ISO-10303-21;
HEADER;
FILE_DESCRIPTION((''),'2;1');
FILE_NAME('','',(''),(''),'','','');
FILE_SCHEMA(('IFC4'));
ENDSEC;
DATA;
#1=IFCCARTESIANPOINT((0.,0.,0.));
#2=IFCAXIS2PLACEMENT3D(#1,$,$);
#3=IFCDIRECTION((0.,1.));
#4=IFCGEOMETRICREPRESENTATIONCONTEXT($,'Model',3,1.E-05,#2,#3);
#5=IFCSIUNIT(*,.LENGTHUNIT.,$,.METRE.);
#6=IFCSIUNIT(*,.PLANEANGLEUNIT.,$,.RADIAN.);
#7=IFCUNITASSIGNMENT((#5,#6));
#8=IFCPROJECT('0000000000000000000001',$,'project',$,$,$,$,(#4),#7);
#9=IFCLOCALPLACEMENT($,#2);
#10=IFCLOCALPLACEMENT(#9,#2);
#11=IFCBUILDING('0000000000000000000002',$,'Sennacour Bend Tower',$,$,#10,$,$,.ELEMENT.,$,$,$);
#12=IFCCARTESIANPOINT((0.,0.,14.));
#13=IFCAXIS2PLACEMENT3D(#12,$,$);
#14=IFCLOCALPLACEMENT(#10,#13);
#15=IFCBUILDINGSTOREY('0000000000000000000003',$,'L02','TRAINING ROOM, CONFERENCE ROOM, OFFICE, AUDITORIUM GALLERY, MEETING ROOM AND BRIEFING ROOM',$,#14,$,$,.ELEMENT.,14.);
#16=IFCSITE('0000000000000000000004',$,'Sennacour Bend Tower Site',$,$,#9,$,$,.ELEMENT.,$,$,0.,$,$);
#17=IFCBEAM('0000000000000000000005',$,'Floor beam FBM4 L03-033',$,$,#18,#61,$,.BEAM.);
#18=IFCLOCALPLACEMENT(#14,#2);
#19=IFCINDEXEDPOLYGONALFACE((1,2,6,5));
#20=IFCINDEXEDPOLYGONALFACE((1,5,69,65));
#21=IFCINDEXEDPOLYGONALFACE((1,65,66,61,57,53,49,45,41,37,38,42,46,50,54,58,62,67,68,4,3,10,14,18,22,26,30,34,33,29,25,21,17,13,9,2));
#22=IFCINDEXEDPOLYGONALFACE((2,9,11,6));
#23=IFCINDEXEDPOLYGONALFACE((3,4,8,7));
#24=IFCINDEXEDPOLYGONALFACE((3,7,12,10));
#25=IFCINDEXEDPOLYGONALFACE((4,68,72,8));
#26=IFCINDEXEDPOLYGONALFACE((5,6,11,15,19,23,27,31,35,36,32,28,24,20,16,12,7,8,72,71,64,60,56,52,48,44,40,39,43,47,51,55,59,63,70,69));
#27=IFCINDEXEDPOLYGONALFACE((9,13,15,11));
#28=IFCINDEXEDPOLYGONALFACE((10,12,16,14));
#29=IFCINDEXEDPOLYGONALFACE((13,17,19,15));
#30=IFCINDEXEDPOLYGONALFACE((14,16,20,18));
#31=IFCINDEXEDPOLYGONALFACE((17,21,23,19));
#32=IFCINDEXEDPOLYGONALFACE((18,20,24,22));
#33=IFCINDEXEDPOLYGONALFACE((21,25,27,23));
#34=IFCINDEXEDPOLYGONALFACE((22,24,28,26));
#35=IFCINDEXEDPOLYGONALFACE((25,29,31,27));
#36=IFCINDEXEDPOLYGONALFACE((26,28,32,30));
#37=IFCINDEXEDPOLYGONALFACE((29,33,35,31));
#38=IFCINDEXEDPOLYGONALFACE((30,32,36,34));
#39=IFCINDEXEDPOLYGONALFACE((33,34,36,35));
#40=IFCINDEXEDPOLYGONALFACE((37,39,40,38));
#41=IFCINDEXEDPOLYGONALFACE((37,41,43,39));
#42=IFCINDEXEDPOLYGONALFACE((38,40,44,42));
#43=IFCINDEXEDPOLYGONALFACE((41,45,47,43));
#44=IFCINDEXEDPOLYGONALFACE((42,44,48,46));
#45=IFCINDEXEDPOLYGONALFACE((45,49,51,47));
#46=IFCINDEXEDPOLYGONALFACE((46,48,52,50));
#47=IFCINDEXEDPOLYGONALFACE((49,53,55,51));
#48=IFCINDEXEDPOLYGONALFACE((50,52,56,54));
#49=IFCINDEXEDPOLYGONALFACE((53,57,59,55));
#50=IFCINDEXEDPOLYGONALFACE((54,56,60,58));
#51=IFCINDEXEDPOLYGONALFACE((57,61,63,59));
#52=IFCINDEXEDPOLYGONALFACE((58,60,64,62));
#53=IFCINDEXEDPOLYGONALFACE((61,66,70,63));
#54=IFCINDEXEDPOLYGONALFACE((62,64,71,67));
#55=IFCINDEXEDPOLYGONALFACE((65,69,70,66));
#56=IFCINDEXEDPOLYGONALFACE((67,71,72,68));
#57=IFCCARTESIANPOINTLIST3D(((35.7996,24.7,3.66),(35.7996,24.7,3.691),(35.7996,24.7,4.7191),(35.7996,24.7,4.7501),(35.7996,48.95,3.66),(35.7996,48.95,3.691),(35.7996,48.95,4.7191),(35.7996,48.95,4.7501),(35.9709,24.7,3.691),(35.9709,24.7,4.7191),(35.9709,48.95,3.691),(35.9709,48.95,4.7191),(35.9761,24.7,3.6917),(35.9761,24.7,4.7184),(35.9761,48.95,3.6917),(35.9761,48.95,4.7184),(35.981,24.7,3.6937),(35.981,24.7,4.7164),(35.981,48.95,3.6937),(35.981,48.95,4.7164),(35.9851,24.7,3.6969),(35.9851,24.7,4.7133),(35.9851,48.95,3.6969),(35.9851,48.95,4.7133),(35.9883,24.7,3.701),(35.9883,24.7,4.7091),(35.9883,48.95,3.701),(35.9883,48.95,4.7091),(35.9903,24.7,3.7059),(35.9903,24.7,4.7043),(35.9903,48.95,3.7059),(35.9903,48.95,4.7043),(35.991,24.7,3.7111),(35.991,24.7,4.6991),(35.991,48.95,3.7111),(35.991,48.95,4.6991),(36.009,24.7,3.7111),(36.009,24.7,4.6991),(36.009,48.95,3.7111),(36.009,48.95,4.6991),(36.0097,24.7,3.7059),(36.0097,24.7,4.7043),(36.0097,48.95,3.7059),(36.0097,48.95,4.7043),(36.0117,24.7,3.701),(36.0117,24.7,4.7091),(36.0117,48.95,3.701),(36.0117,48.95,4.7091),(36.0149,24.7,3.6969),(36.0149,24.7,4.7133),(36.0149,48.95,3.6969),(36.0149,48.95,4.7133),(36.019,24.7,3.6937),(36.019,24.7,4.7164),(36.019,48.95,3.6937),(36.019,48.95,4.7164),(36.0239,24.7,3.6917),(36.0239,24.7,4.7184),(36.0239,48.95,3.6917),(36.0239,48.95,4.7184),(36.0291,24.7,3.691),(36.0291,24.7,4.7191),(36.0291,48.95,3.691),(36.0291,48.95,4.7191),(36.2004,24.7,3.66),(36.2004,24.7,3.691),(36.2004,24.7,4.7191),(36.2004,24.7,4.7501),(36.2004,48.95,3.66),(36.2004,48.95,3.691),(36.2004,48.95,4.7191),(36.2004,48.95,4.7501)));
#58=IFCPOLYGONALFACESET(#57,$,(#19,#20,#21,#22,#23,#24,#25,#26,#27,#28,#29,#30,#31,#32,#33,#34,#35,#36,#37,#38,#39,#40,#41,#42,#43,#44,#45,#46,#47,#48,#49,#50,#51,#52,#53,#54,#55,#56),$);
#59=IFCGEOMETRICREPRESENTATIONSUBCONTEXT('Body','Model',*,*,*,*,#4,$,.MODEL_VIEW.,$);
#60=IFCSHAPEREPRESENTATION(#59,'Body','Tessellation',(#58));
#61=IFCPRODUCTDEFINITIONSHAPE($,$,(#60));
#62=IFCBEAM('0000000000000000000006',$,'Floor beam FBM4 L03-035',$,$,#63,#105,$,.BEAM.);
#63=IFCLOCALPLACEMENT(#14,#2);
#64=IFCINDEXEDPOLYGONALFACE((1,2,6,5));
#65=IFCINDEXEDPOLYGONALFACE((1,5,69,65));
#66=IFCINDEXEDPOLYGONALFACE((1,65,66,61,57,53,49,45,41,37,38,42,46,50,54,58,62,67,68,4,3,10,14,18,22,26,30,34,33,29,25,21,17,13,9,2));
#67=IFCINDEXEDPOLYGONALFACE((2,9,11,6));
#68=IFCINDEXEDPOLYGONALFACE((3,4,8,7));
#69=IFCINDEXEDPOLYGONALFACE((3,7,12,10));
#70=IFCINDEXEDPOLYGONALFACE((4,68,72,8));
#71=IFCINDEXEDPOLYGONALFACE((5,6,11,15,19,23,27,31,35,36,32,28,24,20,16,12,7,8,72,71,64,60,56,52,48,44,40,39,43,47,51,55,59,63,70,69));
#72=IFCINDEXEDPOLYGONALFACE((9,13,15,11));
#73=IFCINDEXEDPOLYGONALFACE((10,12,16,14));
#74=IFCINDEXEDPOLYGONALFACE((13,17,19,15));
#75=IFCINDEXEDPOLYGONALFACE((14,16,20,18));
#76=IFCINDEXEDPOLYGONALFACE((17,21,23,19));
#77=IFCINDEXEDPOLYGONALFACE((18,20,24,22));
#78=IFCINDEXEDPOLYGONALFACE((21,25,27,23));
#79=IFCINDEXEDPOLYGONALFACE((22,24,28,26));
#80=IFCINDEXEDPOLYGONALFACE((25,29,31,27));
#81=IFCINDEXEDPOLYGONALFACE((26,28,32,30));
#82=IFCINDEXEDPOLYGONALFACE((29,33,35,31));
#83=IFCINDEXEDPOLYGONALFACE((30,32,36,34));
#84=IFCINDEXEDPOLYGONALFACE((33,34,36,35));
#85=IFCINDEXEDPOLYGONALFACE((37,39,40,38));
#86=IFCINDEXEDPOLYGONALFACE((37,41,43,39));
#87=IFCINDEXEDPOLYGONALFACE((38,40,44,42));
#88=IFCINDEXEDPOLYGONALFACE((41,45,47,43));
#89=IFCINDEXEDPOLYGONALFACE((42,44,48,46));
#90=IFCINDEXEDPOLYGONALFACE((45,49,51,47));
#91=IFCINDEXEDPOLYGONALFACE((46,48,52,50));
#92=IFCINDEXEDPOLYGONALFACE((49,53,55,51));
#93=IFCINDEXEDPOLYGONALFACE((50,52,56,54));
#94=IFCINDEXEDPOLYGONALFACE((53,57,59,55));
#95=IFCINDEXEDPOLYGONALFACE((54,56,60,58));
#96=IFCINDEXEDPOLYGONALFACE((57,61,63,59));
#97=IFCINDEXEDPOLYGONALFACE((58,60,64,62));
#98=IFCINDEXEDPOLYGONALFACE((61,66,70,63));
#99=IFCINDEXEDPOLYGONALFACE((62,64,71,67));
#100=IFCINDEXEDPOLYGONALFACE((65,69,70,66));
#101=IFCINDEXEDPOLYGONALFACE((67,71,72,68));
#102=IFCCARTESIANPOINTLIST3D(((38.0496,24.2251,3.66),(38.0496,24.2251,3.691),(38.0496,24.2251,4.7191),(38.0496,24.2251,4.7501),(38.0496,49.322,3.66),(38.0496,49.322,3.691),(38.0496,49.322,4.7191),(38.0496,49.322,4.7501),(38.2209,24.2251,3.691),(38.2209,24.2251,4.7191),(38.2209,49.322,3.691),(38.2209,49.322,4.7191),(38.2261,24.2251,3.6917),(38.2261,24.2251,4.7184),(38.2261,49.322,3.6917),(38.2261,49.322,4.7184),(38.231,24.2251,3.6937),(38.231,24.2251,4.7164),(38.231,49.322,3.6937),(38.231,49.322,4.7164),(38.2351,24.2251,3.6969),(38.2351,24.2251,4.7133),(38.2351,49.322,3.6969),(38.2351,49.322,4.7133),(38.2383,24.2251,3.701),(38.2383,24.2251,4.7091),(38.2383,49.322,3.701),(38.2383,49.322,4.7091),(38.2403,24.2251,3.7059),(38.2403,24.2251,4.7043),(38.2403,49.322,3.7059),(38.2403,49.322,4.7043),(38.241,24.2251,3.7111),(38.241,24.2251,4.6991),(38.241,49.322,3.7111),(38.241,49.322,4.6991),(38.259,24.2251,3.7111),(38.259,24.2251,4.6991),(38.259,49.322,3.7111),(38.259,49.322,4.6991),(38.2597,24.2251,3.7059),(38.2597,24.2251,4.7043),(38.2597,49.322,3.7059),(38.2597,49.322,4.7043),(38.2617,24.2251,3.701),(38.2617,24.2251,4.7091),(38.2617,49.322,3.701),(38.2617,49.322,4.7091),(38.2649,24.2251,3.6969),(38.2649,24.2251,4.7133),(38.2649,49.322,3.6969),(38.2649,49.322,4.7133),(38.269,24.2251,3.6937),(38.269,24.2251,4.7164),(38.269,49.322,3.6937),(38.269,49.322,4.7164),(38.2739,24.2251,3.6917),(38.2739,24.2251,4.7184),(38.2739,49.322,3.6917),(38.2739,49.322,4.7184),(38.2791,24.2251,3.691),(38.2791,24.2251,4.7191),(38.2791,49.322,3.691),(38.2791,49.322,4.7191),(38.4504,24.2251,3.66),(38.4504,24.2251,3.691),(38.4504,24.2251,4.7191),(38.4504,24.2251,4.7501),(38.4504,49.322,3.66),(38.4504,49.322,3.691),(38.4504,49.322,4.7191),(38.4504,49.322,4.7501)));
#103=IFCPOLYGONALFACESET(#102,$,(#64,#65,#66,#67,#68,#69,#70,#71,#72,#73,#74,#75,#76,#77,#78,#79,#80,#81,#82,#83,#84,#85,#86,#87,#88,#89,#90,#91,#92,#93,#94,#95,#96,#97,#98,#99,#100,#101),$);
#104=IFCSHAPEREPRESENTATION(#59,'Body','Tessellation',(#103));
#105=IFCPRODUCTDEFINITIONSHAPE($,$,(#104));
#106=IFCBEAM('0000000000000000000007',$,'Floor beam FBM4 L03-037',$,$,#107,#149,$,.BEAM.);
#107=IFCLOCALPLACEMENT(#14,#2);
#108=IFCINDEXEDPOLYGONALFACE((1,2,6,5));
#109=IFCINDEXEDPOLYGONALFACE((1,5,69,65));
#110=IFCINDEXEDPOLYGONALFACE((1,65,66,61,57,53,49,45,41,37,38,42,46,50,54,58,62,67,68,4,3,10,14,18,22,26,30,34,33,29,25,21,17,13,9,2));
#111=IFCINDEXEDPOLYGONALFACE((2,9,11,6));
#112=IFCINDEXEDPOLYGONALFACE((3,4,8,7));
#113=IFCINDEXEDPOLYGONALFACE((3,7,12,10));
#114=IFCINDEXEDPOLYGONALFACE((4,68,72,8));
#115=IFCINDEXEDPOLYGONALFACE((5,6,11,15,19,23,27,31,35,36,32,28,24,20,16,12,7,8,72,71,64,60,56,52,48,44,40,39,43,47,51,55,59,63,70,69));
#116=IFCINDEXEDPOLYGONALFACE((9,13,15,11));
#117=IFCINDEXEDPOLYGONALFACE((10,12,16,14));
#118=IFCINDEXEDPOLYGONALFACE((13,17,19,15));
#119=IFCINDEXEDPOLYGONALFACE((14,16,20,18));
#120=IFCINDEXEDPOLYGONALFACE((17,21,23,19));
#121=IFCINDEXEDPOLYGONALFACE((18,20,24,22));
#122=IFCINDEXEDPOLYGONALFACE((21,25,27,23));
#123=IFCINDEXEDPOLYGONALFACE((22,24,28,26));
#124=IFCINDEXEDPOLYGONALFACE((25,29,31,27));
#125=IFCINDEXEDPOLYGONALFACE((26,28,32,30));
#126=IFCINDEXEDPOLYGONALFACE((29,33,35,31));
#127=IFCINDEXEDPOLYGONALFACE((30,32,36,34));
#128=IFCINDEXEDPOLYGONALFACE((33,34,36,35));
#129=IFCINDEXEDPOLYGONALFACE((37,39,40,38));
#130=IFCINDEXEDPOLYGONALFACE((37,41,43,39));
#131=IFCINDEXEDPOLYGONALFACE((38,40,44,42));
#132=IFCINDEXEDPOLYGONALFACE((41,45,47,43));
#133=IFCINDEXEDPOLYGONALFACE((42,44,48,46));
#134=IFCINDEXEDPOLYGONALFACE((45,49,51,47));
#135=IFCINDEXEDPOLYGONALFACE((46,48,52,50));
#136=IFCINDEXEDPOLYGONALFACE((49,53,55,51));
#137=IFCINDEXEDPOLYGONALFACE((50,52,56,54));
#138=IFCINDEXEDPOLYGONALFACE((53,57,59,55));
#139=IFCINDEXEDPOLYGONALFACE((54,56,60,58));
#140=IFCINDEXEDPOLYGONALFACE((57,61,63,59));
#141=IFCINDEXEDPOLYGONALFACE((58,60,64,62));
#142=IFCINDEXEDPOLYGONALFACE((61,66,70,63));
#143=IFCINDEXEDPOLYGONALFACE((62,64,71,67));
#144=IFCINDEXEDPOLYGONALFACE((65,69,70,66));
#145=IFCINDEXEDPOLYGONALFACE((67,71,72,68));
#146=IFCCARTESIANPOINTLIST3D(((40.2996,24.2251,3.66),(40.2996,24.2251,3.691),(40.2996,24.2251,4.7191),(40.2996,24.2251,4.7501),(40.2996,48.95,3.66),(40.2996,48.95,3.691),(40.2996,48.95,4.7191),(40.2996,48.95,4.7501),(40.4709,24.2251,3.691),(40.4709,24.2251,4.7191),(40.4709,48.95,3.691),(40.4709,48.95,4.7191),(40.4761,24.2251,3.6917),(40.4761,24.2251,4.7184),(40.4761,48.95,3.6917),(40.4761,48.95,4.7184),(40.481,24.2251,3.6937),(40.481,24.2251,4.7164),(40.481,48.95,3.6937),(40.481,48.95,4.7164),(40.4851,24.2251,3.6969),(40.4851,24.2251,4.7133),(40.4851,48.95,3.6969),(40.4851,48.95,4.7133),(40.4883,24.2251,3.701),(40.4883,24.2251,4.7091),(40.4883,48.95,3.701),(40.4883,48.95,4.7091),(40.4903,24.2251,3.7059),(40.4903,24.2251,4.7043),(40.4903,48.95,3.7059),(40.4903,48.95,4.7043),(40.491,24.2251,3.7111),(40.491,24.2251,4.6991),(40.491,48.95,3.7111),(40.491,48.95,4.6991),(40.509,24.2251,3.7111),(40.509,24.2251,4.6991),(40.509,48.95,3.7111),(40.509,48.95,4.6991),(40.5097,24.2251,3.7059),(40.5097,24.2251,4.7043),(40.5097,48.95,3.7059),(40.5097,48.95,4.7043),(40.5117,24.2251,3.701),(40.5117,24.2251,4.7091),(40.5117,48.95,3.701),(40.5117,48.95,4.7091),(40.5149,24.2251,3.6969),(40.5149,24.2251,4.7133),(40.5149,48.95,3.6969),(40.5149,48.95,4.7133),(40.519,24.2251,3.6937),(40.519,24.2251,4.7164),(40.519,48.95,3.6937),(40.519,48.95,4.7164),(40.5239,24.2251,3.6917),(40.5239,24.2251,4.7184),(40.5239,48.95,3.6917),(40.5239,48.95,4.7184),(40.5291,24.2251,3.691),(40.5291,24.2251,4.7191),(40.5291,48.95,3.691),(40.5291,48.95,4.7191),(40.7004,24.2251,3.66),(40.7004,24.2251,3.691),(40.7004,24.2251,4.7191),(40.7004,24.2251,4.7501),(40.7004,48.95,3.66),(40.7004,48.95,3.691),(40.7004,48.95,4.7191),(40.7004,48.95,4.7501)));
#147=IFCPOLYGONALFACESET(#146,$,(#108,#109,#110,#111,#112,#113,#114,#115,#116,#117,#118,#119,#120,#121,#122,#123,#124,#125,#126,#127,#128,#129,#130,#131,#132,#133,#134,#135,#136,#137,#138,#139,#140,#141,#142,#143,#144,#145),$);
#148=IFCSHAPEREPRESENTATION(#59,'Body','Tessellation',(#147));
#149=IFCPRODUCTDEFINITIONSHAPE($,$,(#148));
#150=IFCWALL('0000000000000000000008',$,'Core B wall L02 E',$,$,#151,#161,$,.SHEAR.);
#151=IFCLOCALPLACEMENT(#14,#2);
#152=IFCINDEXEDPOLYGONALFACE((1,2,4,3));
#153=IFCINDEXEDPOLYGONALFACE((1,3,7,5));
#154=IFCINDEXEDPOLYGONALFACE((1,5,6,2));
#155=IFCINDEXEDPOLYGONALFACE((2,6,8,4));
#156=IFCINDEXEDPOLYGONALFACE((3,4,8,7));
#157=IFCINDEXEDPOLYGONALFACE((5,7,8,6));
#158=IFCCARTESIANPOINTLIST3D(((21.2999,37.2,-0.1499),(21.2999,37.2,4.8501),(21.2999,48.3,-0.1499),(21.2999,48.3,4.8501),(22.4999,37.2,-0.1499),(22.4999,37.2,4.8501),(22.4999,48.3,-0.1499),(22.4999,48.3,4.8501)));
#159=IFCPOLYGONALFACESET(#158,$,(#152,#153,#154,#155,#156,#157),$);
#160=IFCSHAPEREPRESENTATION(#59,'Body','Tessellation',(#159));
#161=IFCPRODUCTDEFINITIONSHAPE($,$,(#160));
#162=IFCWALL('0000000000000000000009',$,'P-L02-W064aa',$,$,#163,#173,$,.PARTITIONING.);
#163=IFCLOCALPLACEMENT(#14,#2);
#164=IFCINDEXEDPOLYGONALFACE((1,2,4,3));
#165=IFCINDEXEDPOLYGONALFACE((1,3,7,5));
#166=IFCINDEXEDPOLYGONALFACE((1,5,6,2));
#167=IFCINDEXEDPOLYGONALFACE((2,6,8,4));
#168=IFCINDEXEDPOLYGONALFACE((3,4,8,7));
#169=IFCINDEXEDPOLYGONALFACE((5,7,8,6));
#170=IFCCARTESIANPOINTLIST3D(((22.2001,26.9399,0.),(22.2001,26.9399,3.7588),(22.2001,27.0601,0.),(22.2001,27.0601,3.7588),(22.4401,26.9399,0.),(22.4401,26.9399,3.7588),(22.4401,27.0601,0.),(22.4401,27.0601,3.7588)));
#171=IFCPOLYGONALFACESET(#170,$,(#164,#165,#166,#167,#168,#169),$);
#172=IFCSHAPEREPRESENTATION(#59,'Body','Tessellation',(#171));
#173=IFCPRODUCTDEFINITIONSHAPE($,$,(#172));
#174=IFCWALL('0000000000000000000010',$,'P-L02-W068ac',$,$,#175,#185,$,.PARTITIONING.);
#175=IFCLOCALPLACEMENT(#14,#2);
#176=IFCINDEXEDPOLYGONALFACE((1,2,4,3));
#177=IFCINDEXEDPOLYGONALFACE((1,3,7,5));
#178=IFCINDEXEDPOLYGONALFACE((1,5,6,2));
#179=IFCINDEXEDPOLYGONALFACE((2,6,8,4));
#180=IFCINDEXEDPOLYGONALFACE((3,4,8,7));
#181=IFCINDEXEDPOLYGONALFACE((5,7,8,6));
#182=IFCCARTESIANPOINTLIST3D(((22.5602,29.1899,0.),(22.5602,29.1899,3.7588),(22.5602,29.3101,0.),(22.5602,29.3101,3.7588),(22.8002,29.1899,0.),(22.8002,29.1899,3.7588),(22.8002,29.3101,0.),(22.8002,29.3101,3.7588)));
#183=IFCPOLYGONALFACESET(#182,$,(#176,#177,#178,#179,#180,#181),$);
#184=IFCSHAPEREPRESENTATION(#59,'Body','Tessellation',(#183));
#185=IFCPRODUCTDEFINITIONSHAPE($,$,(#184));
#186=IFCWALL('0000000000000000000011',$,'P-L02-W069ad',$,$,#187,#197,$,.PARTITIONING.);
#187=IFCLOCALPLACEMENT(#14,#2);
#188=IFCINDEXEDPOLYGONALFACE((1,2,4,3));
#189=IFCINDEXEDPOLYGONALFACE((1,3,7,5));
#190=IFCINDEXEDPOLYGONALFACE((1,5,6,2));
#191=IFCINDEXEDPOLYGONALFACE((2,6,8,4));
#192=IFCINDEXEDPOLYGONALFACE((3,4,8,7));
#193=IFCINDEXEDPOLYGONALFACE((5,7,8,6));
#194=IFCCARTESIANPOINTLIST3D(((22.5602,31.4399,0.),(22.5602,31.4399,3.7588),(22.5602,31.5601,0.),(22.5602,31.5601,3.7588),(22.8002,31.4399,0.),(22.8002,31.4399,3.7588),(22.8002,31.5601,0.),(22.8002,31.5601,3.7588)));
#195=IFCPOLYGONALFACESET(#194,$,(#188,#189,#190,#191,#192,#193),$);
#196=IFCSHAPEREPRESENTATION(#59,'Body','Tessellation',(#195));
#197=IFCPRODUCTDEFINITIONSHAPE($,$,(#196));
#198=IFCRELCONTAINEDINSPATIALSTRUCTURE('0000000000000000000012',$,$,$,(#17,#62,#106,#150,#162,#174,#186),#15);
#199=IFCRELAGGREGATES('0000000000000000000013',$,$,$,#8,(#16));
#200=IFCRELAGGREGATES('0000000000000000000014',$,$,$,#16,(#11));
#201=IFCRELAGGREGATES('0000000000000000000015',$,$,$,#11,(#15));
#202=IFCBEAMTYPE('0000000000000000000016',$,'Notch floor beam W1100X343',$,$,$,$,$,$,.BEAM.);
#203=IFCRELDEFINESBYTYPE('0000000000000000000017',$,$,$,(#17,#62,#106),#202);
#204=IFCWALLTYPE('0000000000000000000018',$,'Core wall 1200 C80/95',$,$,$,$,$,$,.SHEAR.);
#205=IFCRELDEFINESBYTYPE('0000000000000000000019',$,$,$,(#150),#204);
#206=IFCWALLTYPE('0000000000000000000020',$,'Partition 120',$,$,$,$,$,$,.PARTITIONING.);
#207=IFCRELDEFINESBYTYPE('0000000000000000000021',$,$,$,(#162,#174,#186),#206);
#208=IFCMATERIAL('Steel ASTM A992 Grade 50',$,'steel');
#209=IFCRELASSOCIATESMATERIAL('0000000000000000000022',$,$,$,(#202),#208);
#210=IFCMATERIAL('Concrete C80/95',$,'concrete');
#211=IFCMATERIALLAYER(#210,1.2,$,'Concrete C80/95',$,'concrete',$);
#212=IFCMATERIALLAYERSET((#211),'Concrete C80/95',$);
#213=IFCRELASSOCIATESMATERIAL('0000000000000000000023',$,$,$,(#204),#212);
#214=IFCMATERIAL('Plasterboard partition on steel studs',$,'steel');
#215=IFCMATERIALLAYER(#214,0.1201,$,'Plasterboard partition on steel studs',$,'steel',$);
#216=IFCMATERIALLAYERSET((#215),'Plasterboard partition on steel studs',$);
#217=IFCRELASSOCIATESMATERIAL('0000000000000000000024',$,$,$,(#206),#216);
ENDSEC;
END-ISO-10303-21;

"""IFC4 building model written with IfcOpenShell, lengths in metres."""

from ifc_helpers import new_model, si_unit, direction, frame, frame_2d, origin, origin_2d, place, context, subcontext, project, spatial, rectangle, i_section, extrude, material, layer, layer_set, material_profile, profile_set, type_object, element, save


model = new_model("IFC4")

# Units and contexts
model_context = context("Model", 3, precision=1e-05, world=origin(), true_north=direction((0.0, 1.0)))
body_context = subcontext(model_context, "Body", "Model", "MODEL_VIEW")
ifc_project = project(units=[si_unit("LENGTHUNIT", "METRE"), si_unit("PLANEANGLEUNIT", "RADIAN")], contexts=[model_context])

# Site, building, storey
site_placement = place(None, origin())
site = spatial("IfcSite", under=ifc_project, at=site_placement, Name="Sennacour Bend Tower Site", CompositionType="ELEMENT", RefElevation=0.0)
building_placement = place(site_placement, origin())
building = spatial("IfcBuilding", under=site, at=building_placement, Name="Sennacour Bend Tower", CompositionType="ELEMENT")
storey_placement = place(building_placement, frame((0.0, 0.0, 14.0)))
storey = spatial("IfcBuildingStorey", under=building, at=storey_placement, Name="L02", Description="TRAINING ROOM, CONFERENCE ROOM, OFFICE, AUDITORIUM GALLERY, MEETING ROOM AND BRIEFING ROOM", CompositionType="ELEMENT", Elevation=14.0)

# Beams
ifc_material_1 = material(Name="Steel ASTM A992 Grade 50", Category="steel")
ifc_material_profile_1 = material_profile(ifc_material_1, i_section(OverallWidth=0.4009, OverallDepth=1.0901, WebThickness=0.0181, FlangeThickness=0.031, FilletRadius=0.02, at=origin_2d()), Name="Steel ASTM A992 Grade 50", Category="steel")
ifc_profile_set_1 = profile_set([ifc_material_profile_1], Name="Steel ASTM A992 Grade 50")
beam_type_1 = type_object("IfcBeamType", Name="Notch floor beam W1100X343", PredefinedType="BEAM", material=ifc_profile_set_1)
beam_1_placement = place(storey_placement, frame((36.0, 24.7, 4.2051), z_axis=(0.0, 1.0, 0.0), x_axis=(-1.0, 0.0, 0.0)))
element("IfcBeam", 1, at=beam_1_placement, inside=storey, type_object=beam_type_1, Name="Floor beam FBM4 L03-033", PredefinedType="BEAM", context=body_context, shape_type="SweptSolid", body=[
    extrude(i_section(OverallWidth=0.4009, OverallDepth=1.0901, WebThickness=0.0181, FlangeThickness=0.031, FilletRadius=0.02, at=origin_2d()), origin(), (0.0, 0.0, 1.0), 24.25),
])
beam_2_placement = place(storey_placement, frame((38.25, 24.2251, 4.2051), z_axis=(0.0, 1.0, 0.0), x_axis=(-1.0, 0.0, 0.0)))
element("IfcBeam", 2, at=beam_2_placement, inside=storey, type_object=beam_type_1, Name="Floor beam FBM4 L03-035", PredefinedType="BEAM", context=body_context, shape_type="SweptSolid", body=[
    extrude(i_section(OverallWidth=0.4009, OverallDepth=1.0901, WebThickness=0.0181, FlangeThickness=0.031, FilletRadius=0.02, at=origin_2d()), origin(), (0.0, 0.0, 1.0), 25.0969),
])
beam_3_placement = place(storey_placement, frame((40.5, 24.2251, 4.2051), z_axis=(0.0, 1.0, 0.0), x_axis=(-1.0, 0.0, 0.0)))
element("IfcBeam", 3, at=beam_3_placement, inside=storey, type_object=beam_type_1, Name="Floor beam FBM4 L03-037", PredefinedType="BEAM", context=body_context, shape_type="SweptSolid", body=[
    extrude(i_section(OverallWidth=0.4009, OverallDepth=1.0901, WebThickness=0.0181, FlangeThickness=0.031, FilletRadius=0.02, at=origin_2d()), origin(), (0.0, 0.0, 1.0), 24.7249),
])

# Walls
ifc_material_2 = material(Name="Concrete C80/95", Category="concrete")
ifc_layer_1 = layer(ifc_material_2, 1.2, Name="Concrete C80/95", Category="concrete")
ifc_layer_set_1 = layer_set([ifc_layer_1], Name="Concrete C80/95")
wall_type_1 = type_object("IfcWallType", Name="Core wall 1200 C80/95", PredefinedType="SHEAR", material=ifc_layer_set_1)
wall_1_placement = place(storey_placement, frame((21.8999, 37.2, -0.1499), z_axis=(0.0, 0.0, 1.0), x_axis=(0.0, 1.0, 0.0)))
element("IfcWall", 4, at=wall_1_placement, inside=storey, type_object=wall_type_1, Name="Core B wall L02 E", PredefinedType="SHEAR", context=body_context, shape_type="SweptSolid", body=[
    extrude(rectangle(XDim=11.1001, YDim=1.2, at=frame_2d((5.55, 0.0))), origin(), (0.0, 0.0, 1.0), 5.0),
])
ifc_material_3 = material(Name="Plasterboard partition on steel studs", Category="steel")
ifc_layer_2 = layer(ifc_material_3, 0.1201, Name="Plasterboard partition on steel studs", Category="steel")
ifc_layer_set_2 = layer_set([ifc_layer_2], Name="Plasterboard partition on steel studs")
wall_type_2 = type_object("IfcWallType", Name="Partition 120", PredefinedType="PARTITIONING", material=ifc_layer_set_2)
for number, where, z_axis, x_axis, name in (
    (5, (22.2, 27.0, 0.0), (0.0, 0.0, 1.0), (1.0, 0.0, 0.0), "P-L02-W064aa"),
    (6, (22.5601, 29.25, 0.0), (0.0, 0.0, 1.0), (1.0, 0.0, 0.0), "P-L02-W068ac"),
    (7, (22.5601, 31.5, 0.0), (0.0, 0.0, 1.0), (1.0, 0.0, 0.0), "P-L02-W069ad"),
):
    element("IfcWall", number, at=place(storey_placement, frame(where, z_axis=z_axis, x_axis=x_axis)), inside=storey, type_object=wall_type_2, Name=name, PredefinedType="PARTITIONING", context=body_context, shape_type="SweptSolid", body=[
        extrude(rectangle(XDim=0.24, YDim=0.1201, at=frame_2d((0.1201, 0.0))), origin(), (0.0, 0.0, 1.0), 3.7588),
    ])

save(model, "model.ifc")
